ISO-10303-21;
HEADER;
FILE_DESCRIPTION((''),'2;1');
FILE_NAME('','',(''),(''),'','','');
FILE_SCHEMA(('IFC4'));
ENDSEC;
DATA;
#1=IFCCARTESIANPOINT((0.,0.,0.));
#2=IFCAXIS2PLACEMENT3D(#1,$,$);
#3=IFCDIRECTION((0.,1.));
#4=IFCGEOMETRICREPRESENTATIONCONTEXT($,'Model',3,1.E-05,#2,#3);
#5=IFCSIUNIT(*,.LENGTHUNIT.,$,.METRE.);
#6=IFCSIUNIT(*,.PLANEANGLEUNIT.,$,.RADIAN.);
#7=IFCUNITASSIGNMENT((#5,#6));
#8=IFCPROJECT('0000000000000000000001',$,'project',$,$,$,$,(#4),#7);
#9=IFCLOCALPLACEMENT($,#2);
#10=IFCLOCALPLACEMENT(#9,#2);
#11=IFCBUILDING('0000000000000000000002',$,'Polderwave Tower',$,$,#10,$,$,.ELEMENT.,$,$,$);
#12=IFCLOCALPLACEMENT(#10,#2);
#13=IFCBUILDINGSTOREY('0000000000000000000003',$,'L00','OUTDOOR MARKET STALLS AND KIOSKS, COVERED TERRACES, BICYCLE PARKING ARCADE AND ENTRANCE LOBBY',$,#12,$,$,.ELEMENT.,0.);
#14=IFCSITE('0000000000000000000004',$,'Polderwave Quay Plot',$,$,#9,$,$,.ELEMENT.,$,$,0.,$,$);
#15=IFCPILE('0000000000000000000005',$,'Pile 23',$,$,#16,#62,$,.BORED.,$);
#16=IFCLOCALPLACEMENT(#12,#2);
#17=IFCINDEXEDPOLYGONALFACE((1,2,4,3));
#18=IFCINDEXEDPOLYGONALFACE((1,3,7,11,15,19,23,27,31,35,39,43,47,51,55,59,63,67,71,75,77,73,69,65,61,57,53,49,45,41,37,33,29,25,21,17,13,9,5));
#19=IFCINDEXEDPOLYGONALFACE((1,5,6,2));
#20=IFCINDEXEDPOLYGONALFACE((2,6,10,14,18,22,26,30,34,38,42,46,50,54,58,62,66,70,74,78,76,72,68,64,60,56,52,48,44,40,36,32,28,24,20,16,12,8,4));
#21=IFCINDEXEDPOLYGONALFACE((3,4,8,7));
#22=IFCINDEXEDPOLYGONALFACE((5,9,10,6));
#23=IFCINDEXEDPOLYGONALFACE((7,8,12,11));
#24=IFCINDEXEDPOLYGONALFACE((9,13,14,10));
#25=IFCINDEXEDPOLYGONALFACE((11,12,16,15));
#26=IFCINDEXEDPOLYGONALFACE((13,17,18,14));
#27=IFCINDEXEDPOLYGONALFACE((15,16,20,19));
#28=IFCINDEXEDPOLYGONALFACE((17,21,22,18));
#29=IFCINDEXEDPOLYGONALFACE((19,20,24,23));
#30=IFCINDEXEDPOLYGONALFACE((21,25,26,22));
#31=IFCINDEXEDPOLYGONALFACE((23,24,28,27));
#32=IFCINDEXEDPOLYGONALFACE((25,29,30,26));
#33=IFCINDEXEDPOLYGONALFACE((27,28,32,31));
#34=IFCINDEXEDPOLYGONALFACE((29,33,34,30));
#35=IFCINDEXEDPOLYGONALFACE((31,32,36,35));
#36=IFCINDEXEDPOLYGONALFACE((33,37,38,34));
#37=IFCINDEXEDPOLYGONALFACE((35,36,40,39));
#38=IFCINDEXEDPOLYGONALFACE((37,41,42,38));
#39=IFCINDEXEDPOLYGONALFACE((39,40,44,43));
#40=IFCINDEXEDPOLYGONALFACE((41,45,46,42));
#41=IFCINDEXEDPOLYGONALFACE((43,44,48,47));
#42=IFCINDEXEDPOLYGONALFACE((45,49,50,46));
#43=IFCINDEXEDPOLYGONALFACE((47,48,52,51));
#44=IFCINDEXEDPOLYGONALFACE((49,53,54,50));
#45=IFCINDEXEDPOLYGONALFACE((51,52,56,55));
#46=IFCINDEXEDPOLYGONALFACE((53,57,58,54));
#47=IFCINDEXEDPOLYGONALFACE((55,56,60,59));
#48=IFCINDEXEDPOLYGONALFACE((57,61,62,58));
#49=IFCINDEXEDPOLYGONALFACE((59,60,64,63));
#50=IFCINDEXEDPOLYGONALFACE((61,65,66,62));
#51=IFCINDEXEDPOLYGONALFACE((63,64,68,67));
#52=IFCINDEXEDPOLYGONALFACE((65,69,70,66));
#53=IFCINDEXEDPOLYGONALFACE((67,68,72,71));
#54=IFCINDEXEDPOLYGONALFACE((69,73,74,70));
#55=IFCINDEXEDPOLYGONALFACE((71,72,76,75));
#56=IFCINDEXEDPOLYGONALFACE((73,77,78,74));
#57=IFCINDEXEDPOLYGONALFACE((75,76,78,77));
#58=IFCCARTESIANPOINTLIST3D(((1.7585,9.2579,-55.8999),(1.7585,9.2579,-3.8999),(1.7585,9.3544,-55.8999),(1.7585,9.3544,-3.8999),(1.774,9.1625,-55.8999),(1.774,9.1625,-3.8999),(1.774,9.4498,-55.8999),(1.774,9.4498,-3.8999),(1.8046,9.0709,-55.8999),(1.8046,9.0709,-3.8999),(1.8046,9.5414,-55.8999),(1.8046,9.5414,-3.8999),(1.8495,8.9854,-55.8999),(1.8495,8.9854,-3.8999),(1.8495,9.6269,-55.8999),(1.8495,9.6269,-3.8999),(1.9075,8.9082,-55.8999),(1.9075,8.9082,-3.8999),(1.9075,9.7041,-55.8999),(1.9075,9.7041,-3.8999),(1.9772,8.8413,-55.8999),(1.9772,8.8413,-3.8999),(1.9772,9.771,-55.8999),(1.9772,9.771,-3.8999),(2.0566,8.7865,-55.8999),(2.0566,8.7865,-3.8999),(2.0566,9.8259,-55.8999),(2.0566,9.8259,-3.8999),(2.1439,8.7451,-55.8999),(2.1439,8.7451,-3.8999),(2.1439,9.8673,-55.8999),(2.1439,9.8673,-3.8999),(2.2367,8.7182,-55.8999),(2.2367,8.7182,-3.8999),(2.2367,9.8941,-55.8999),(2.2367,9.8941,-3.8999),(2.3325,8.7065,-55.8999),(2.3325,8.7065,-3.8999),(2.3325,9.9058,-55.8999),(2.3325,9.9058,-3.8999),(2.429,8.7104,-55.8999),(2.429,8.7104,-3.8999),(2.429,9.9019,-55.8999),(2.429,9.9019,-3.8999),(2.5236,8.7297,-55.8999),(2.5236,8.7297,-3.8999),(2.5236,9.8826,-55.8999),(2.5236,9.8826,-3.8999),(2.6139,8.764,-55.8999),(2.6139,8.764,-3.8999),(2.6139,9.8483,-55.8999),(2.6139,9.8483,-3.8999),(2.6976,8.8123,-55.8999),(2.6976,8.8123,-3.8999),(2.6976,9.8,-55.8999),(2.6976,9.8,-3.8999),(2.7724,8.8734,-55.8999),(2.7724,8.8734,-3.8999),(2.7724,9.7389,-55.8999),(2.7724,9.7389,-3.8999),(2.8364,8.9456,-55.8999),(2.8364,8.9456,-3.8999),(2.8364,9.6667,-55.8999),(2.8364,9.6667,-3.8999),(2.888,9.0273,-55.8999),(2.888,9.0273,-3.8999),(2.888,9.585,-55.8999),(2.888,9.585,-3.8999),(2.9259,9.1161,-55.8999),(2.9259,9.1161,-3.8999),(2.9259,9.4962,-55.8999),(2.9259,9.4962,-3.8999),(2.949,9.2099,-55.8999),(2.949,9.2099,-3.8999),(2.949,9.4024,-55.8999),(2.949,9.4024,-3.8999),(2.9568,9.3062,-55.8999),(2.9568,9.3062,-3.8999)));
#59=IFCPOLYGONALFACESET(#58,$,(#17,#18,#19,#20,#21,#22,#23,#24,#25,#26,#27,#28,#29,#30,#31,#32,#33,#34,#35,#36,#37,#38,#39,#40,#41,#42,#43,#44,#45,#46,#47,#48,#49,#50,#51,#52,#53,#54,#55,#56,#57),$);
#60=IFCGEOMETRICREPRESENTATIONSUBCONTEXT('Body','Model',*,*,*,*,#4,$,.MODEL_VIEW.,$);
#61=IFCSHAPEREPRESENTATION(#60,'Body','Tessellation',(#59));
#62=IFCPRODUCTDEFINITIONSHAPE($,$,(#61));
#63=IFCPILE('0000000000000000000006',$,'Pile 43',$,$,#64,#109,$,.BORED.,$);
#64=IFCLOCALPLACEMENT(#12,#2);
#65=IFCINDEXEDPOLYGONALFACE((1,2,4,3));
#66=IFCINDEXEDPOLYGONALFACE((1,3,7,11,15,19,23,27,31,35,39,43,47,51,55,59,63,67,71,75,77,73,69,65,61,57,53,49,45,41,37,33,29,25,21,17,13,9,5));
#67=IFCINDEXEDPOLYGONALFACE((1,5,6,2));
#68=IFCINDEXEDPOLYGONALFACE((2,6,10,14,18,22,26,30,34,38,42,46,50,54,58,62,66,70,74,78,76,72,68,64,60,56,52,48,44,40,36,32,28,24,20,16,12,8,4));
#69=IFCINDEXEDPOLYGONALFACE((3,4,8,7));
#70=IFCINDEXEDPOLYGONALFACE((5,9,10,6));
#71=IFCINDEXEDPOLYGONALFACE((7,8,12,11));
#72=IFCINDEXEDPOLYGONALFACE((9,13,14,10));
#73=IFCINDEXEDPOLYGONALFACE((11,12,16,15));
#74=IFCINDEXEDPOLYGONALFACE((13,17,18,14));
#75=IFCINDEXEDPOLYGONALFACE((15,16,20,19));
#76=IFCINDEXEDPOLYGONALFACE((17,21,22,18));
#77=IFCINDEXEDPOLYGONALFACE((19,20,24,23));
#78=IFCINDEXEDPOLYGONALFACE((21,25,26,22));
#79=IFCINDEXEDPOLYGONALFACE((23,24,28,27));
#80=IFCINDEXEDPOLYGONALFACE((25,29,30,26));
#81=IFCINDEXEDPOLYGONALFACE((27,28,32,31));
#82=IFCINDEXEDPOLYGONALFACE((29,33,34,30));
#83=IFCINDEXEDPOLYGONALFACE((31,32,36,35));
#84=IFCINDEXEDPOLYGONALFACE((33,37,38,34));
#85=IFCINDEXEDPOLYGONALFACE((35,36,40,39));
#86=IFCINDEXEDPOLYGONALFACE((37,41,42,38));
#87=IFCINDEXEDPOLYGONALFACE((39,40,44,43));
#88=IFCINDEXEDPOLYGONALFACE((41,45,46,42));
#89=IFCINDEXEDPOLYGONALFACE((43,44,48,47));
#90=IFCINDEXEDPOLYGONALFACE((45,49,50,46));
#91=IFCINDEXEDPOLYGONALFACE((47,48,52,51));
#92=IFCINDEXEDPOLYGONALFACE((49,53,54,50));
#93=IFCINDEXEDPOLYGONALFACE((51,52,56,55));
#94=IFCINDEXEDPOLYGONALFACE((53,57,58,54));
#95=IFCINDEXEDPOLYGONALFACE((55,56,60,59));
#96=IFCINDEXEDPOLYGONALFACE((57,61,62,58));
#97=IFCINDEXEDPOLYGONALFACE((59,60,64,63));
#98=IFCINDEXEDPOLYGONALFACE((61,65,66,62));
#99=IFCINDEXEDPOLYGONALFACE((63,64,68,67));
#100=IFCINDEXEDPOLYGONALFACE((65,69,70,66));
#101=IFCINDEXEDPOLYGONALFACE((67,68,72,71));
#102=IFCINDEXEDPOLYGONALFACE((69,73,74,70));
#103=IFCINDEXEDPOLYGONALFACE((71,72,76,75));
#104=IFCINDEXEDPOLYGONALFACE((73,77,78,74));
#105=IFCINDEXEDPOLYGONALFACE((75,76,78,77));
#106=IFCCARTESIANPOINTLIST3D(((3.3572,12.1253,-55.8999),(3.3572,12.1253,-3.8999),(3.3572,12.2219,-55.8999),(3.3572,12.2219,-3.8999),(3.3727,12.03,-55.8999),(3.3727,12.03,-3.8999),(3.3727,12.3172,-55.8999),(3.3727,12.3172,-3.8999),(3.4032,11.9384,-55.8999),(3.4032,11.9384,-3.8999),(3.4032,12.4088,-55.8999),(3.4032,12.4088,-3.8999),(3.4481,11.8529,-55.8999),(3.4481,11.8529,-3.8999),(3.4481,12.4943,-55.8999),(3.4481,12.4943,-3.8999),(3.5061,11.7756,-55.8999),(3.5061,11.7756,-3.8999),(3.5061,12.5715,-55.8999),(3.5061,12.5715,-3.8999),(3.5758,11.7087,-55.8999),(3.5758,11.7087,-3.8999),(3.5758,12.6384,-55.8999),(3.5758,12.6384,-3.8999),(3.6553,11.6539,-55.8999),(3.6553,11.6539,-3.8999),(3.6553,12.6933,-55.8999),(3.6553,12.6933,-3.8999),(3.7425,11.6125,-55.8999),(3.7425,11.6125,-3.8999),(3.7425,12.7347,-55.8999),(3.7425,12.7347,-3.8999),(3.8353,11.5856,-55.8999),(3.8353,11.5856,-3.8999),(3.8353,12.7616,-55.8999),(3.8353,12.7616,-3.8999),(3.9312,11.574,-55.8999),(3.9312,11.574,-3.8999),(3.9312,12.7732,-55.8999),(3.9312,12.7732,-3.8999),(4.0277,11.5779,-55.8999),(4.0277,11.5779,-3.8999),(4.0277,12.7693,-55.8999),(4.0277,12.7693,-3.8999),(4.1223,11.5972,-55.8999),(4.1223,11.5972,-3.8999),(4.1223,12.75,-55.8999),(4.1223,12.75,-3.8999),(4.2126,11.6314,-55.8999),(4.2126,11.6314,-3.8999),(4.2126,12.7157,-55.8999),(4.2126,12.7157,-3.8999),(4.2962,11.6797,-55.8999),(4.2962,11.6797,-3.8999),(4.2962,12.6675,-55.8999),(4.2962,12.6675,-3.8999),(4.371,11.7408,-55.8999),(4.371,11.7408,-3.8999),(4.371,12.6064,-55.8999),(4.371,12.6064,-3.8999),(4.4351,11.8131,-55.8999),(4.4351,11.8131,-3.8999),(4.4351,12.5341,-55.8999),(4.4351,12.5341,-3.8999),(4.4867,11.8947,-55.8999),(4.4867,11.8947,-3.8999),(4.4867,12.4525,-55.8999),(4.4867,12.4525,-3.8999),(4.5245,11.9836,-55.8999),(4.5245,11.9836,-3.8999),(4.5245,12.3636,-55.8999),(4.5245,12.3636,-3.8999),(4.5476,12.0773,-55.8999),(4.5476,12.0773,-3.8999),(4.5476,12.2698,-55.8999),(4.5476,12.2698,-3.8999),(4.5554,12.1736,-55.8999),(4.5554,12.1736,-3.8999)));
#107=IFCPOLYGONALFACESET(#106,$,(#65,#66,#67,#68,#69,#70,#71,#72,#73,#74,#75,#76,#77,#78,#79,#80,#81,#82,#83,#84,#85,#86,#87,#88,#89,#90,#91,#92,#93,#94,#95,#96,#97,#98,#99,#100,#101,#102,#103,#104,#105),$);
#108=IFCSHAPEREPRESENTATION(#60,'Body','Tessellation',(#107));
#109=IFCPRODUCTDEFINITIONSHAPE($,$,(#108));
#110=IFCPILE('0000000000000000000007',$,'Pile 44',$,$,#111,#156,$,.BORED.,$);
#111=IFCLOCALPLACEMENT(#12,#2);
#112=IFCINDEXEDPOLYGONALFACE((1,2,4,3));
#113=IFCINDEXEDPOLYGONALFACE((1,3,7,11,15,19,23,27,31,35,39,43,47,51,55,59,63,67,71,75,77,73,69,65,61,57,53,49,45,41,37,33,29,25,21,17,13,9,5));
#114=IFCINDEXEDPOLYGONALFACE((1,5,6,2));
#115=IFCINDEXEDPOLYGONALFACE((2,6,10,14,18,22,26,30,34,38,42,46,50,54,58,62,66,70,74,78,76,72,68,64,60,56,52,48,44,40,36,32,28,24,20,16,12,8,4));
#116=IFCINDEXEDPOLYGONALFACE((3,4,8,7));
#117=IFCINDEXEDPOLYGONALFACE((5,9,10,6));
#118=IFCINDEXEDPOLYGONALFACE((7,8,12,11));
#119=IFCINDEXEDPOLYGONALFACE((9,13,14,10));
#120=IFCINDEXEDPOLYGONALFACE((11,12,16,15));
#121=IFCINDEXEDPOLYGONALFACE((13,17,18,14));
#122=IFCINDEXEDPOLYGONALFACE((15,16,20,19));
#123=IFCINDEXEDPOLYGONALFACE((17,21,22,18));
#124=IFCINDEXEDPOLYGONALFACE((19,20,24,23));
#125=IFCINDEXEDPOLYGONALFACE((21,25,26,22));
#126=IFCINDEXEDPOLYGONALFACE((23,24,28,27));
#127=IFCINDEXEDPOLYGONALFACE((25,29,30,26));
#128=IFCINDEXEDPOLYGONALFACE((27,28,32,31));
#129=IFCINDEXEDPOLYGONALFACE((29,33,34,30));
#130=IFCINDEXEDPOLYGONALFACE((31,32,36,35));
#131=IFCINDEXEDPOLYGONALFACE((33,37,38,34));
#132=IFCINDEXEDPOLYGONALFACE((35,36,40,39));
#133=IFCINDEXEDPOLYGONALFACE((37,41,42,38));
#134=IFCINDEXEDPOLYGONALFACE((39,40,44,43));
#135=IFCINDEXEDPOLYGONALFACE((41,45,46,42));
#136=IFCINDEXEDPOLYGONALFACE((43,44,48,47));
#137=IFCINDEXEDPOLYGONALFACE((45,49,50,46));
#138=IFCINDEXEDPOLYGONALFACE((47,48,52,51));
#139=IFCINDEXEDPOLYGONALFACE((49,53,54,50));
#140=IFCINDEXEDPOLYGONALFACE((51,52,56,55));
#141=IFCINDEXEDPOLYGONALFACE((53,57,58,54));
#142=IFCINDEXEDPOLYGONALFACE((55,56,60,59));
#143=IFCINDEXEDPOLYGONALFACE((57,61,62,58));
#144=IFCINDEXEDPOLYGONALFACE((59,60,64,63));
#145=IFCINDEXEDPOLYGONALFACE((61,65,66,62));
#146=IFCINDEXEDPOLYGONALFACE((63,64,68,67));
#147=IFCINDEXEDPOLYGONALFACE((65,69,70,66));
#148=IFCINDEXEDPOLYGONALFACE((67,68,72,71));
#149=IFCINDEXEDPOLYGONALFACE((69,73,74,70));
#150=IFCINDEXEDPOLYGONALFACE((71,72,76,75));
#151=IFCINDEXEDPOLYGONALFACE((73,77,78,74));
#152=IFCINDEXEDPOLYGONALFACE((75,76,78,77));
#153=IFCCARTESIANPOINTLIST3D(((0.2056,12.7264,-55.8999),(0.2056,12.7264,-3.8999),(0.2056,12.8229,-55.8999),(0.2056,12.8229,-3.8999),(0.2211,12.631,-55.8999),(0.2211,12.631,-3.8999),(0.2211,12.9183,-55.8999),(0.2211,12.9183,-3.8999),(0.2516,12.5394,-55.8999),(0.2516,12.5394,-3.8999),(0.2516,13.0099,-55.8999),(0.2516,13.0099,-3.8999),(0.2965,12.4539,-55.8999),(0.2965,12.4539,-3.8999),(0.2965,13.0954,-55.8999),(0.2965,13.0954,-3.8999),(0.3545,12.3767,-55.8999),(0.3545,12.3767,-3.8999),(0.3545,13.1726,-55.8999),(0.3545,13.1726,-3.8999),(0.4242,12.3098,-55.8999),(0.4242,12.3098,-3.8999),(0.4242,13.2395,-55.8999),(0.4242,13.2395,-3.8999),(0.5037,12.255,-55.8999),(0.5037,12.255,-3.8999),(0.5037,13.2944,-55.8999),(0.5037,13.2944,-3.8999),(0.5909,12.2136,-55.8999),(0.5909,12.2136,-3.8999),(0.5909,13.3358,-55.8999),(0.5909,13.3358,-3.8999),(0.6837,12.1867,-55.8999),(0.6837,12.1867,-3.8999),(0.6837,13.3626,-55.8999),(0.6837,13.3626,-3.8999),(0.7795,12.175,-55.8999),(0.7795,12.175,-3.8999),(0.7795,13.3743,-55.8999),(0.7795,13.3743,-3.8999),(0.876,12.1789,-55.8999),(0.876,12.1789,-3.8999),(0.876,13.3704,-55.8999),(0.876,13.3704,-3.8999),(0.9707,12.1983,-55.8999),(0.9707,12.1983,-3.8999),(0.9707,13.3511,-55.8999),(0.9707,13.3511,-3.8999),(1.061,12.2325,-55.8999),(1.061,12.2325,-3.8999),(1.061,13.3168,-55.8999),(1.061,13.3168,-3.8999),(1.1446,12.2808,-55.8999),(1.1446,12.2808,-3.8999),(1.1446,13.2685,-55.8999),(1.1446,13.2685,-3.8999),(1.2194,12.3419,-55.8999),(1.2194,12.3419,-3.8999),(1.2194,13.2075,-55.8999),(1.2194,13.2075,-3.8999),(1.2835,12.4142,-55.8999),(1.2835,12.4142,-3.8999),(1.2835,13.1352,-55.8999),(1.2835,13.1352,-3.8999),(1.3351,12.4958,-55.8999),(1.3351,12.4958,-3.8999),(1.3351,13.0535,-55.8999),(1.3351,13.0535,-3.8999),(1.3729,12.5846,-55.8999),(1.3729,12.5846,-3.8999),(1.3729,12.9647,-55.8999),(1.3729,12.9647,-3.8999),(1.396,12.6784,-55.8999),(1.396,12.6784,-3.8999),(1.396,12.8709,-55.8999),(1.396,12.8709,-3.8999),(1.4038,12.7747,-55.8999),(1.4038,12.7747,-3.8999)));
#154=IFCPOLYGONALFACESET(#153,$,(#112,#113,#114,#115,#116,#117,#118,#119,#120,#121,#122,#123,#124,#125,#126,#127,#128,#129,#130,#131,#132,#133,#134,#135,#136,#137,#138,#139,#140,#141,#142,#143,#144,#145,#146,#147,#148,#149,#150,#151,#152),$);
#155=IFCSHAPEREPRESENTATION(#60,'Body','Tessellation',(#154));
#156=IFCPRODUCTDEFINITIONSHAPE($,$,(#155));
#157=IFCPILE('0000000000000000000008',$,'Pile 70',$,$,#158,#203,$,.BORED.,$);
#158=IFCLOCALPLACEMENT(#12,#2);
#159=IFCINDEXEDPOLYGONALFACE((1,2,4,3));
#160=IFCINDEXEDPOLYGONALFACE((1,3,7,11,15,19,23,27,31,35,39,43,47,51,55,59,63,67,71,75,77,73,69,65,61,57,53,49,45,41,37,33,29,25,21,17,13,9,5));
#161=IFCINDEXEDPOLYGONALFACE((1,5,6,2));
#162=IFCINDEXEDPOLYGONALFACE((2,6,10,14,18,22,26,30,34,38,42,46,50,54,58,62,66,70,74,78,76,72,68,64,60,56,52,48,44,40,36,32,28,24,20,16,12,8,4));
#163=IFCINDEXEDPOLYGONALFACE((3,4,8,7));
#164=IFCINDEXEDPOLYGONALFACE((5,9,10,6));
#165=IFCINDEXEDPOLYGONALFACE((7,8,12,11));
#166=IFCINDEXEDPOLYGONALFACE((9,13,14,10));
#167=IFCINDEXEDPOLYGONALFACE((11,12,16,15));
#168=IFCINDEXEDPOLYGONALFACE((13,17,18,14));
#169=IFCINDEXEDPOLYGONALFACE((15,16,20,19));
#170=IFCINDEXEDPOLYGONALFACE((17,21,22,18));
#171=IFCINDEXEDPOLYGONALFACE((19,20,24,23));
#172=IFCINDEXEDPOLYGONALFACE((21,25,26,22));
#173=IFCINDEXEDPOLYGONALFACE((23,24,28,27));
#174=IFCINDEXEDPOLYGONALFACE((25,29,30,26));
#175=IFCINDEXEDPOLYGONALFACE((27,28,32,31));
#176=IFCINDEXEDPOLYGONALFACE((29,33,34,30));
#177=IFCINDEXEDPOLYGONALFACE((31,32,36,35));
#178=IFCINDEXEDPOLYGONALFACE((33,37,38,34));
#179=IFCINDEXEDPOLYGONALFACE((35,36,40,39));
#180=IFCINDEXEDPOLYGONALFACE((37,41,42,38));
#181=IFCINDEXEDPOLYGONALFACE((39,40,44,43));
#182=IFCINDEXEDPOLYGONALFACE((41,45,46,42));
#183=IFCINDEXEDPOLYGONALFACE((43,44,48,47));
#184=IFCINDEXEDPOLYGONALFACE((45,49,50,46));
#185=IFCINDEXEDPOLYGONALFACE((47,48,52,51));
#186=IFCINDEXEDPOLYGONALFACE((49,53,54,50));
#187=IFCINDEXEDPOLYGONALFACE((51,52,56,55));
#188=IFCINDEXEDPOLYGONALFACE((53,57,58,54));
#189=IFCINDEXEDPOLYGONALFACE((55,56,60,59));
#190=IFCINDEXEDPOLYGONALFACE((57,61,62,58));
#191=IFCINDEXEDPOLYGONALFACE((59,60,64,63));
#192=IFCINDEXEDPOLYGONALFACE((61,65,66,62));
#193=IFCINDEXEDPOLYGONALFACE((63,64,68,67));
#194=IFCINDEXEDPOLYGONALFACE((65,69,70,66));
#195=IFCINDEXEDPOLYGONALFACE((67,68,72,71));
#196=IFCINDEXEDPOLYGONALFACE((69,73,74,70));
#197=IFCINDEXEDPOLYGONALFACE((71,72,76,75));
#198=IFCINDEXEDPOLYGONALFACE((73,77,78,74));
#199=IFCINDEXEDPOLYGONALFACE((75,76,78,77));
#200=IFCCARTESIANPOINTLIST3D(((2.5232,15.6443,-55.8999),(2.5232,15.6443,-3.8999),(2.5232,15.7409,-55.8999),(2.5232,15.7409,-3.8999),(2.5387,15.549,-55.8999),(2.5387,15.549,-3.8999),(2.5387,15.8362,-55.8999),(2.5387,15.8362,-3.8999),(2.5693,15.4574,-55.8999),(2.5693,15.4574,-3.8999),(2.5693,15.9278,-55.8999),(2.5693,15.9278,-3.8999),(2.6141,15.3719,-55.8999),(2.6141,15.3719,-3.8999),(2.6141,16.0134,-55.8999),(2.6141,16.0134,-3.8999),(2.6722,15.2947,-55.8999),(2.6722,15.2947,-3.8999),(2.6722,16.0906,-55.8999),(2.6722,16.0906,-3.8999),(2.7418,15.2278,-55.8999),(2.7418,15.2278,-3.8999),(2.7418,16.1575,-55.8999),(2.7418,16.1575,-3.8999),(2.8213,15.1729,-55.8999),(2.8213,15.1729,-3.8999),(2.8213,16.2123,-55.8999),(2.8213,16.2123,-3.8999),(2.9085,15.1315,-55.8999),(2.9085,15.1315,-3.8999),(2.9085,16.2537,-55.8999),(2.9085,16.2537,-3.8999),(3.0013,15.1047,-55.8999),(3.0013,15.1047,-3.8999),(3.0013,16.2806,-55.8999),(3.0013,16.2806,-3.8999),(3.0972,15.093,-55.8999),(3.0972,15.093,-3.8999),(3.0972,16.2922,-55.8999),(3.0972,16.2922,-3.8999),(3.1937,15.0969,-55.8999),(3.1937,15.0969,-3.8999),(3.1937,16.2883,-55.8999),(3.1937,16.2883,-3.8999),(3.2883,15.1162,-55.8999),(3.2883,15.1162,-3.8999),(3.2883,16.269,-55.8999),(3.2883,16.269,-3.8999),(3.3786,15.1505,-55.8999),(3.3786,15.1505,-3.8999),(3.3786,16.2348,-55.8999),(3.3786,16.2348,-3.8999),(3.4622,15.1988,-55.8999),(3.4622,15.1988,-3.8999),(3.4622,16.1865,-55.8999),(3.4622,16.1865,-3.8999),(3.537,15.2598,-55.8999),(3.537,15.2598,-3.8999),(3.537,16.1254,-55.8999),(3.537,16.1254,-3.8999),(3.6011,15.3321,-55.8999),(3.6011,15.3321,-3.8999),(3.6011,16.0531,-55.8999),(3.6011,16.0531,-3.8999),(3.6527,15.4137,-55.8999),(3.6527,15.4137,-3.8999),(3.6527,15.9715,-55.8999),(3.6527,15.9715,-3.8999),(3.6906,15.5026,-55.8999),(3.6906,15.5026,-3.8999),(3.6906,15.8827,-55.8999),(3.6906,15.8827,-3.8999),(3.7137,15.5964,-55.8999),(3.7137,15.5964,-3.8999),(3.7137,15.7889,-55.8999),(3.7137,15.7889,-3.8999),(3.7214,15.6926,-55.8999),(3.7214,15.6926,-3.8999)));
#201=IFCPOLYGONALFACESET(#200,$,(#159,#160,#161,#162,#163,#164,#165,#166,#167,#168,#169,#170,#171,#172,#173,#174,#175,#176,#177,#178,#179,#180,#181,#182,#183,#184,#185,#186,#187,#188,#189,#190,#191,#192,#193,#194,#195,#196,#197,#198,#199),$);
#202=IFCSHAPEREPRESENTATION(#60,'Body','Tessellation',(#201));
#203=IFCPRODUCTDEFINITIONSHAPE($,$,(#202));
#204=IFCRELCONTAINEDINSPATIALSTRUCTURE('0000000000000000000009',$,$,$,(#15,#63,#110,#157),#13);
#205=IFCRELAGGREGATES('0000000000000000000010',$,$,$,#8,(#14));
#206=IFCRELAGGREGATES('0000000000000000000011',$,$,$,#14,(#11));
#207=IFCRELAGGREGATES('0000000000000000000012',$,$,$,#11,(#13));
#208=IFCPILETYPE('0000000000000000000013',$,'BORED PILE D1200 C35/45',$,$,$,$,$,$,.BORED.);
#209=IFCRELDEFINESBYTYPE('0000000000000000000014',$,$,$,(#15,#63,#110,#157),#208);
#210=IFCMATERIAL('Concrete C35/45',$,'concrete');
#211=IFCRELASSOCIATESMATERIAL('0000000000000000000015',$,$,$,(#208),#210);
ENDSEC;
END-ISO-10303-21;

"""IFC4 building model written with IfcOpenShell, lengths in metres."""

from ifc_helpers import new_model, si_unit, direction, frame, origin, origin_2d, place, context, subcontext, project, spatial, circle, extrude, material, material_profile, profile_set, type_object, element, save


model = new_model("IFC4")

# Units and contexts
model_context = context("Model", 3, precision=1e-05, world=origin(), true_north=direction((0.0, 1.0)))
body_context = subcontext(model_context, "Body", "Model", "MODEL_VIEW")
ifc_project = project(units=[si_unit("LENGTHUNIT", "METRE"), si_unit("PLANEANGLEUNIT", "RADIAN")], contexts=[model_context])

# Site, building, storey
site_placement = place(None, origin())
site = spatial("IfcSite", under=ifc_project, at=site_placement, Name="Polderwave Quay Plot", CompositionType="ELEMENT", RefElevation=0.0)
building_placement = place(site_placement, origin())
building = spatial("IfcBuilding", under=site, at=building_placement, Name="Polderwave Tower", CompositionType="ELEMENT")
storey_placement = place(building_placement, origin())
storey = spatial("IfcBuildingStorey", under=building, at=storey_placement, Name="L00", Description="OUTDOOR MARKET STALLS AND KIOSKS, COVERED TERRACES, BICYCLE PARKING ARCADE AND ENTRANCE LOBBY", CompositionType="ELEMENT", Elevation=0.0)

# Piles
ifc_material_1 = material(Name="Concrete C35/45", Category="concrete")
ifc_material_profile_1 = material_profile(ifc_material_1, circle(Radius=0.6001, at=origin_2d()), Name="BORED D1200")
ifc_profile_set_1 = profile_set([ifc_material_profile_1], Name="Concrete C35/45")
pile_type = type_object("IfcPileType", Name="BORED PILE D1200 C35/45", PredefinedType="BORED", material=ifc_profile_set_1)
for number, where, z_axis, x_axis, name in (
    (1, (2.3567, 9.3062, -3.8999), (0.0, 0.0, -1.0), (1.0, 0.0, 0.0), "Pile 23"),
    (2, (3.9553, 12.1736, -3.8999), (0.0, 0.0, -1.0), (1.0, 0.0, 0.0), "Pile 43"),
    (3, (0.8037, 12.7747, -3.8999), (0.0, 0.0, -1.0), (1.0, 0.0, 0.0), "Pile 44"),
    (4, (3.1213, 15.6926, -3.8999), (0.0, 0.0, -1.0), (1.0, 0.0, 0.0), "Pile 70"),
):
    element("IfcPile", number, at=place(storey_placement, frame(where, z_axis=z_axis, x_axis=x_axis)), inside=storey, type_object=pile_type, Name=name, PredefinedType="BORED", context=body_context, shape_type="SweptSolid", body=[
        extrude(circle(Radius=0.6001, at=origin_2d()), origin(), (0.0, 0.0, 1.0), 52.0),
    ])

save(model, "model.ifc")
